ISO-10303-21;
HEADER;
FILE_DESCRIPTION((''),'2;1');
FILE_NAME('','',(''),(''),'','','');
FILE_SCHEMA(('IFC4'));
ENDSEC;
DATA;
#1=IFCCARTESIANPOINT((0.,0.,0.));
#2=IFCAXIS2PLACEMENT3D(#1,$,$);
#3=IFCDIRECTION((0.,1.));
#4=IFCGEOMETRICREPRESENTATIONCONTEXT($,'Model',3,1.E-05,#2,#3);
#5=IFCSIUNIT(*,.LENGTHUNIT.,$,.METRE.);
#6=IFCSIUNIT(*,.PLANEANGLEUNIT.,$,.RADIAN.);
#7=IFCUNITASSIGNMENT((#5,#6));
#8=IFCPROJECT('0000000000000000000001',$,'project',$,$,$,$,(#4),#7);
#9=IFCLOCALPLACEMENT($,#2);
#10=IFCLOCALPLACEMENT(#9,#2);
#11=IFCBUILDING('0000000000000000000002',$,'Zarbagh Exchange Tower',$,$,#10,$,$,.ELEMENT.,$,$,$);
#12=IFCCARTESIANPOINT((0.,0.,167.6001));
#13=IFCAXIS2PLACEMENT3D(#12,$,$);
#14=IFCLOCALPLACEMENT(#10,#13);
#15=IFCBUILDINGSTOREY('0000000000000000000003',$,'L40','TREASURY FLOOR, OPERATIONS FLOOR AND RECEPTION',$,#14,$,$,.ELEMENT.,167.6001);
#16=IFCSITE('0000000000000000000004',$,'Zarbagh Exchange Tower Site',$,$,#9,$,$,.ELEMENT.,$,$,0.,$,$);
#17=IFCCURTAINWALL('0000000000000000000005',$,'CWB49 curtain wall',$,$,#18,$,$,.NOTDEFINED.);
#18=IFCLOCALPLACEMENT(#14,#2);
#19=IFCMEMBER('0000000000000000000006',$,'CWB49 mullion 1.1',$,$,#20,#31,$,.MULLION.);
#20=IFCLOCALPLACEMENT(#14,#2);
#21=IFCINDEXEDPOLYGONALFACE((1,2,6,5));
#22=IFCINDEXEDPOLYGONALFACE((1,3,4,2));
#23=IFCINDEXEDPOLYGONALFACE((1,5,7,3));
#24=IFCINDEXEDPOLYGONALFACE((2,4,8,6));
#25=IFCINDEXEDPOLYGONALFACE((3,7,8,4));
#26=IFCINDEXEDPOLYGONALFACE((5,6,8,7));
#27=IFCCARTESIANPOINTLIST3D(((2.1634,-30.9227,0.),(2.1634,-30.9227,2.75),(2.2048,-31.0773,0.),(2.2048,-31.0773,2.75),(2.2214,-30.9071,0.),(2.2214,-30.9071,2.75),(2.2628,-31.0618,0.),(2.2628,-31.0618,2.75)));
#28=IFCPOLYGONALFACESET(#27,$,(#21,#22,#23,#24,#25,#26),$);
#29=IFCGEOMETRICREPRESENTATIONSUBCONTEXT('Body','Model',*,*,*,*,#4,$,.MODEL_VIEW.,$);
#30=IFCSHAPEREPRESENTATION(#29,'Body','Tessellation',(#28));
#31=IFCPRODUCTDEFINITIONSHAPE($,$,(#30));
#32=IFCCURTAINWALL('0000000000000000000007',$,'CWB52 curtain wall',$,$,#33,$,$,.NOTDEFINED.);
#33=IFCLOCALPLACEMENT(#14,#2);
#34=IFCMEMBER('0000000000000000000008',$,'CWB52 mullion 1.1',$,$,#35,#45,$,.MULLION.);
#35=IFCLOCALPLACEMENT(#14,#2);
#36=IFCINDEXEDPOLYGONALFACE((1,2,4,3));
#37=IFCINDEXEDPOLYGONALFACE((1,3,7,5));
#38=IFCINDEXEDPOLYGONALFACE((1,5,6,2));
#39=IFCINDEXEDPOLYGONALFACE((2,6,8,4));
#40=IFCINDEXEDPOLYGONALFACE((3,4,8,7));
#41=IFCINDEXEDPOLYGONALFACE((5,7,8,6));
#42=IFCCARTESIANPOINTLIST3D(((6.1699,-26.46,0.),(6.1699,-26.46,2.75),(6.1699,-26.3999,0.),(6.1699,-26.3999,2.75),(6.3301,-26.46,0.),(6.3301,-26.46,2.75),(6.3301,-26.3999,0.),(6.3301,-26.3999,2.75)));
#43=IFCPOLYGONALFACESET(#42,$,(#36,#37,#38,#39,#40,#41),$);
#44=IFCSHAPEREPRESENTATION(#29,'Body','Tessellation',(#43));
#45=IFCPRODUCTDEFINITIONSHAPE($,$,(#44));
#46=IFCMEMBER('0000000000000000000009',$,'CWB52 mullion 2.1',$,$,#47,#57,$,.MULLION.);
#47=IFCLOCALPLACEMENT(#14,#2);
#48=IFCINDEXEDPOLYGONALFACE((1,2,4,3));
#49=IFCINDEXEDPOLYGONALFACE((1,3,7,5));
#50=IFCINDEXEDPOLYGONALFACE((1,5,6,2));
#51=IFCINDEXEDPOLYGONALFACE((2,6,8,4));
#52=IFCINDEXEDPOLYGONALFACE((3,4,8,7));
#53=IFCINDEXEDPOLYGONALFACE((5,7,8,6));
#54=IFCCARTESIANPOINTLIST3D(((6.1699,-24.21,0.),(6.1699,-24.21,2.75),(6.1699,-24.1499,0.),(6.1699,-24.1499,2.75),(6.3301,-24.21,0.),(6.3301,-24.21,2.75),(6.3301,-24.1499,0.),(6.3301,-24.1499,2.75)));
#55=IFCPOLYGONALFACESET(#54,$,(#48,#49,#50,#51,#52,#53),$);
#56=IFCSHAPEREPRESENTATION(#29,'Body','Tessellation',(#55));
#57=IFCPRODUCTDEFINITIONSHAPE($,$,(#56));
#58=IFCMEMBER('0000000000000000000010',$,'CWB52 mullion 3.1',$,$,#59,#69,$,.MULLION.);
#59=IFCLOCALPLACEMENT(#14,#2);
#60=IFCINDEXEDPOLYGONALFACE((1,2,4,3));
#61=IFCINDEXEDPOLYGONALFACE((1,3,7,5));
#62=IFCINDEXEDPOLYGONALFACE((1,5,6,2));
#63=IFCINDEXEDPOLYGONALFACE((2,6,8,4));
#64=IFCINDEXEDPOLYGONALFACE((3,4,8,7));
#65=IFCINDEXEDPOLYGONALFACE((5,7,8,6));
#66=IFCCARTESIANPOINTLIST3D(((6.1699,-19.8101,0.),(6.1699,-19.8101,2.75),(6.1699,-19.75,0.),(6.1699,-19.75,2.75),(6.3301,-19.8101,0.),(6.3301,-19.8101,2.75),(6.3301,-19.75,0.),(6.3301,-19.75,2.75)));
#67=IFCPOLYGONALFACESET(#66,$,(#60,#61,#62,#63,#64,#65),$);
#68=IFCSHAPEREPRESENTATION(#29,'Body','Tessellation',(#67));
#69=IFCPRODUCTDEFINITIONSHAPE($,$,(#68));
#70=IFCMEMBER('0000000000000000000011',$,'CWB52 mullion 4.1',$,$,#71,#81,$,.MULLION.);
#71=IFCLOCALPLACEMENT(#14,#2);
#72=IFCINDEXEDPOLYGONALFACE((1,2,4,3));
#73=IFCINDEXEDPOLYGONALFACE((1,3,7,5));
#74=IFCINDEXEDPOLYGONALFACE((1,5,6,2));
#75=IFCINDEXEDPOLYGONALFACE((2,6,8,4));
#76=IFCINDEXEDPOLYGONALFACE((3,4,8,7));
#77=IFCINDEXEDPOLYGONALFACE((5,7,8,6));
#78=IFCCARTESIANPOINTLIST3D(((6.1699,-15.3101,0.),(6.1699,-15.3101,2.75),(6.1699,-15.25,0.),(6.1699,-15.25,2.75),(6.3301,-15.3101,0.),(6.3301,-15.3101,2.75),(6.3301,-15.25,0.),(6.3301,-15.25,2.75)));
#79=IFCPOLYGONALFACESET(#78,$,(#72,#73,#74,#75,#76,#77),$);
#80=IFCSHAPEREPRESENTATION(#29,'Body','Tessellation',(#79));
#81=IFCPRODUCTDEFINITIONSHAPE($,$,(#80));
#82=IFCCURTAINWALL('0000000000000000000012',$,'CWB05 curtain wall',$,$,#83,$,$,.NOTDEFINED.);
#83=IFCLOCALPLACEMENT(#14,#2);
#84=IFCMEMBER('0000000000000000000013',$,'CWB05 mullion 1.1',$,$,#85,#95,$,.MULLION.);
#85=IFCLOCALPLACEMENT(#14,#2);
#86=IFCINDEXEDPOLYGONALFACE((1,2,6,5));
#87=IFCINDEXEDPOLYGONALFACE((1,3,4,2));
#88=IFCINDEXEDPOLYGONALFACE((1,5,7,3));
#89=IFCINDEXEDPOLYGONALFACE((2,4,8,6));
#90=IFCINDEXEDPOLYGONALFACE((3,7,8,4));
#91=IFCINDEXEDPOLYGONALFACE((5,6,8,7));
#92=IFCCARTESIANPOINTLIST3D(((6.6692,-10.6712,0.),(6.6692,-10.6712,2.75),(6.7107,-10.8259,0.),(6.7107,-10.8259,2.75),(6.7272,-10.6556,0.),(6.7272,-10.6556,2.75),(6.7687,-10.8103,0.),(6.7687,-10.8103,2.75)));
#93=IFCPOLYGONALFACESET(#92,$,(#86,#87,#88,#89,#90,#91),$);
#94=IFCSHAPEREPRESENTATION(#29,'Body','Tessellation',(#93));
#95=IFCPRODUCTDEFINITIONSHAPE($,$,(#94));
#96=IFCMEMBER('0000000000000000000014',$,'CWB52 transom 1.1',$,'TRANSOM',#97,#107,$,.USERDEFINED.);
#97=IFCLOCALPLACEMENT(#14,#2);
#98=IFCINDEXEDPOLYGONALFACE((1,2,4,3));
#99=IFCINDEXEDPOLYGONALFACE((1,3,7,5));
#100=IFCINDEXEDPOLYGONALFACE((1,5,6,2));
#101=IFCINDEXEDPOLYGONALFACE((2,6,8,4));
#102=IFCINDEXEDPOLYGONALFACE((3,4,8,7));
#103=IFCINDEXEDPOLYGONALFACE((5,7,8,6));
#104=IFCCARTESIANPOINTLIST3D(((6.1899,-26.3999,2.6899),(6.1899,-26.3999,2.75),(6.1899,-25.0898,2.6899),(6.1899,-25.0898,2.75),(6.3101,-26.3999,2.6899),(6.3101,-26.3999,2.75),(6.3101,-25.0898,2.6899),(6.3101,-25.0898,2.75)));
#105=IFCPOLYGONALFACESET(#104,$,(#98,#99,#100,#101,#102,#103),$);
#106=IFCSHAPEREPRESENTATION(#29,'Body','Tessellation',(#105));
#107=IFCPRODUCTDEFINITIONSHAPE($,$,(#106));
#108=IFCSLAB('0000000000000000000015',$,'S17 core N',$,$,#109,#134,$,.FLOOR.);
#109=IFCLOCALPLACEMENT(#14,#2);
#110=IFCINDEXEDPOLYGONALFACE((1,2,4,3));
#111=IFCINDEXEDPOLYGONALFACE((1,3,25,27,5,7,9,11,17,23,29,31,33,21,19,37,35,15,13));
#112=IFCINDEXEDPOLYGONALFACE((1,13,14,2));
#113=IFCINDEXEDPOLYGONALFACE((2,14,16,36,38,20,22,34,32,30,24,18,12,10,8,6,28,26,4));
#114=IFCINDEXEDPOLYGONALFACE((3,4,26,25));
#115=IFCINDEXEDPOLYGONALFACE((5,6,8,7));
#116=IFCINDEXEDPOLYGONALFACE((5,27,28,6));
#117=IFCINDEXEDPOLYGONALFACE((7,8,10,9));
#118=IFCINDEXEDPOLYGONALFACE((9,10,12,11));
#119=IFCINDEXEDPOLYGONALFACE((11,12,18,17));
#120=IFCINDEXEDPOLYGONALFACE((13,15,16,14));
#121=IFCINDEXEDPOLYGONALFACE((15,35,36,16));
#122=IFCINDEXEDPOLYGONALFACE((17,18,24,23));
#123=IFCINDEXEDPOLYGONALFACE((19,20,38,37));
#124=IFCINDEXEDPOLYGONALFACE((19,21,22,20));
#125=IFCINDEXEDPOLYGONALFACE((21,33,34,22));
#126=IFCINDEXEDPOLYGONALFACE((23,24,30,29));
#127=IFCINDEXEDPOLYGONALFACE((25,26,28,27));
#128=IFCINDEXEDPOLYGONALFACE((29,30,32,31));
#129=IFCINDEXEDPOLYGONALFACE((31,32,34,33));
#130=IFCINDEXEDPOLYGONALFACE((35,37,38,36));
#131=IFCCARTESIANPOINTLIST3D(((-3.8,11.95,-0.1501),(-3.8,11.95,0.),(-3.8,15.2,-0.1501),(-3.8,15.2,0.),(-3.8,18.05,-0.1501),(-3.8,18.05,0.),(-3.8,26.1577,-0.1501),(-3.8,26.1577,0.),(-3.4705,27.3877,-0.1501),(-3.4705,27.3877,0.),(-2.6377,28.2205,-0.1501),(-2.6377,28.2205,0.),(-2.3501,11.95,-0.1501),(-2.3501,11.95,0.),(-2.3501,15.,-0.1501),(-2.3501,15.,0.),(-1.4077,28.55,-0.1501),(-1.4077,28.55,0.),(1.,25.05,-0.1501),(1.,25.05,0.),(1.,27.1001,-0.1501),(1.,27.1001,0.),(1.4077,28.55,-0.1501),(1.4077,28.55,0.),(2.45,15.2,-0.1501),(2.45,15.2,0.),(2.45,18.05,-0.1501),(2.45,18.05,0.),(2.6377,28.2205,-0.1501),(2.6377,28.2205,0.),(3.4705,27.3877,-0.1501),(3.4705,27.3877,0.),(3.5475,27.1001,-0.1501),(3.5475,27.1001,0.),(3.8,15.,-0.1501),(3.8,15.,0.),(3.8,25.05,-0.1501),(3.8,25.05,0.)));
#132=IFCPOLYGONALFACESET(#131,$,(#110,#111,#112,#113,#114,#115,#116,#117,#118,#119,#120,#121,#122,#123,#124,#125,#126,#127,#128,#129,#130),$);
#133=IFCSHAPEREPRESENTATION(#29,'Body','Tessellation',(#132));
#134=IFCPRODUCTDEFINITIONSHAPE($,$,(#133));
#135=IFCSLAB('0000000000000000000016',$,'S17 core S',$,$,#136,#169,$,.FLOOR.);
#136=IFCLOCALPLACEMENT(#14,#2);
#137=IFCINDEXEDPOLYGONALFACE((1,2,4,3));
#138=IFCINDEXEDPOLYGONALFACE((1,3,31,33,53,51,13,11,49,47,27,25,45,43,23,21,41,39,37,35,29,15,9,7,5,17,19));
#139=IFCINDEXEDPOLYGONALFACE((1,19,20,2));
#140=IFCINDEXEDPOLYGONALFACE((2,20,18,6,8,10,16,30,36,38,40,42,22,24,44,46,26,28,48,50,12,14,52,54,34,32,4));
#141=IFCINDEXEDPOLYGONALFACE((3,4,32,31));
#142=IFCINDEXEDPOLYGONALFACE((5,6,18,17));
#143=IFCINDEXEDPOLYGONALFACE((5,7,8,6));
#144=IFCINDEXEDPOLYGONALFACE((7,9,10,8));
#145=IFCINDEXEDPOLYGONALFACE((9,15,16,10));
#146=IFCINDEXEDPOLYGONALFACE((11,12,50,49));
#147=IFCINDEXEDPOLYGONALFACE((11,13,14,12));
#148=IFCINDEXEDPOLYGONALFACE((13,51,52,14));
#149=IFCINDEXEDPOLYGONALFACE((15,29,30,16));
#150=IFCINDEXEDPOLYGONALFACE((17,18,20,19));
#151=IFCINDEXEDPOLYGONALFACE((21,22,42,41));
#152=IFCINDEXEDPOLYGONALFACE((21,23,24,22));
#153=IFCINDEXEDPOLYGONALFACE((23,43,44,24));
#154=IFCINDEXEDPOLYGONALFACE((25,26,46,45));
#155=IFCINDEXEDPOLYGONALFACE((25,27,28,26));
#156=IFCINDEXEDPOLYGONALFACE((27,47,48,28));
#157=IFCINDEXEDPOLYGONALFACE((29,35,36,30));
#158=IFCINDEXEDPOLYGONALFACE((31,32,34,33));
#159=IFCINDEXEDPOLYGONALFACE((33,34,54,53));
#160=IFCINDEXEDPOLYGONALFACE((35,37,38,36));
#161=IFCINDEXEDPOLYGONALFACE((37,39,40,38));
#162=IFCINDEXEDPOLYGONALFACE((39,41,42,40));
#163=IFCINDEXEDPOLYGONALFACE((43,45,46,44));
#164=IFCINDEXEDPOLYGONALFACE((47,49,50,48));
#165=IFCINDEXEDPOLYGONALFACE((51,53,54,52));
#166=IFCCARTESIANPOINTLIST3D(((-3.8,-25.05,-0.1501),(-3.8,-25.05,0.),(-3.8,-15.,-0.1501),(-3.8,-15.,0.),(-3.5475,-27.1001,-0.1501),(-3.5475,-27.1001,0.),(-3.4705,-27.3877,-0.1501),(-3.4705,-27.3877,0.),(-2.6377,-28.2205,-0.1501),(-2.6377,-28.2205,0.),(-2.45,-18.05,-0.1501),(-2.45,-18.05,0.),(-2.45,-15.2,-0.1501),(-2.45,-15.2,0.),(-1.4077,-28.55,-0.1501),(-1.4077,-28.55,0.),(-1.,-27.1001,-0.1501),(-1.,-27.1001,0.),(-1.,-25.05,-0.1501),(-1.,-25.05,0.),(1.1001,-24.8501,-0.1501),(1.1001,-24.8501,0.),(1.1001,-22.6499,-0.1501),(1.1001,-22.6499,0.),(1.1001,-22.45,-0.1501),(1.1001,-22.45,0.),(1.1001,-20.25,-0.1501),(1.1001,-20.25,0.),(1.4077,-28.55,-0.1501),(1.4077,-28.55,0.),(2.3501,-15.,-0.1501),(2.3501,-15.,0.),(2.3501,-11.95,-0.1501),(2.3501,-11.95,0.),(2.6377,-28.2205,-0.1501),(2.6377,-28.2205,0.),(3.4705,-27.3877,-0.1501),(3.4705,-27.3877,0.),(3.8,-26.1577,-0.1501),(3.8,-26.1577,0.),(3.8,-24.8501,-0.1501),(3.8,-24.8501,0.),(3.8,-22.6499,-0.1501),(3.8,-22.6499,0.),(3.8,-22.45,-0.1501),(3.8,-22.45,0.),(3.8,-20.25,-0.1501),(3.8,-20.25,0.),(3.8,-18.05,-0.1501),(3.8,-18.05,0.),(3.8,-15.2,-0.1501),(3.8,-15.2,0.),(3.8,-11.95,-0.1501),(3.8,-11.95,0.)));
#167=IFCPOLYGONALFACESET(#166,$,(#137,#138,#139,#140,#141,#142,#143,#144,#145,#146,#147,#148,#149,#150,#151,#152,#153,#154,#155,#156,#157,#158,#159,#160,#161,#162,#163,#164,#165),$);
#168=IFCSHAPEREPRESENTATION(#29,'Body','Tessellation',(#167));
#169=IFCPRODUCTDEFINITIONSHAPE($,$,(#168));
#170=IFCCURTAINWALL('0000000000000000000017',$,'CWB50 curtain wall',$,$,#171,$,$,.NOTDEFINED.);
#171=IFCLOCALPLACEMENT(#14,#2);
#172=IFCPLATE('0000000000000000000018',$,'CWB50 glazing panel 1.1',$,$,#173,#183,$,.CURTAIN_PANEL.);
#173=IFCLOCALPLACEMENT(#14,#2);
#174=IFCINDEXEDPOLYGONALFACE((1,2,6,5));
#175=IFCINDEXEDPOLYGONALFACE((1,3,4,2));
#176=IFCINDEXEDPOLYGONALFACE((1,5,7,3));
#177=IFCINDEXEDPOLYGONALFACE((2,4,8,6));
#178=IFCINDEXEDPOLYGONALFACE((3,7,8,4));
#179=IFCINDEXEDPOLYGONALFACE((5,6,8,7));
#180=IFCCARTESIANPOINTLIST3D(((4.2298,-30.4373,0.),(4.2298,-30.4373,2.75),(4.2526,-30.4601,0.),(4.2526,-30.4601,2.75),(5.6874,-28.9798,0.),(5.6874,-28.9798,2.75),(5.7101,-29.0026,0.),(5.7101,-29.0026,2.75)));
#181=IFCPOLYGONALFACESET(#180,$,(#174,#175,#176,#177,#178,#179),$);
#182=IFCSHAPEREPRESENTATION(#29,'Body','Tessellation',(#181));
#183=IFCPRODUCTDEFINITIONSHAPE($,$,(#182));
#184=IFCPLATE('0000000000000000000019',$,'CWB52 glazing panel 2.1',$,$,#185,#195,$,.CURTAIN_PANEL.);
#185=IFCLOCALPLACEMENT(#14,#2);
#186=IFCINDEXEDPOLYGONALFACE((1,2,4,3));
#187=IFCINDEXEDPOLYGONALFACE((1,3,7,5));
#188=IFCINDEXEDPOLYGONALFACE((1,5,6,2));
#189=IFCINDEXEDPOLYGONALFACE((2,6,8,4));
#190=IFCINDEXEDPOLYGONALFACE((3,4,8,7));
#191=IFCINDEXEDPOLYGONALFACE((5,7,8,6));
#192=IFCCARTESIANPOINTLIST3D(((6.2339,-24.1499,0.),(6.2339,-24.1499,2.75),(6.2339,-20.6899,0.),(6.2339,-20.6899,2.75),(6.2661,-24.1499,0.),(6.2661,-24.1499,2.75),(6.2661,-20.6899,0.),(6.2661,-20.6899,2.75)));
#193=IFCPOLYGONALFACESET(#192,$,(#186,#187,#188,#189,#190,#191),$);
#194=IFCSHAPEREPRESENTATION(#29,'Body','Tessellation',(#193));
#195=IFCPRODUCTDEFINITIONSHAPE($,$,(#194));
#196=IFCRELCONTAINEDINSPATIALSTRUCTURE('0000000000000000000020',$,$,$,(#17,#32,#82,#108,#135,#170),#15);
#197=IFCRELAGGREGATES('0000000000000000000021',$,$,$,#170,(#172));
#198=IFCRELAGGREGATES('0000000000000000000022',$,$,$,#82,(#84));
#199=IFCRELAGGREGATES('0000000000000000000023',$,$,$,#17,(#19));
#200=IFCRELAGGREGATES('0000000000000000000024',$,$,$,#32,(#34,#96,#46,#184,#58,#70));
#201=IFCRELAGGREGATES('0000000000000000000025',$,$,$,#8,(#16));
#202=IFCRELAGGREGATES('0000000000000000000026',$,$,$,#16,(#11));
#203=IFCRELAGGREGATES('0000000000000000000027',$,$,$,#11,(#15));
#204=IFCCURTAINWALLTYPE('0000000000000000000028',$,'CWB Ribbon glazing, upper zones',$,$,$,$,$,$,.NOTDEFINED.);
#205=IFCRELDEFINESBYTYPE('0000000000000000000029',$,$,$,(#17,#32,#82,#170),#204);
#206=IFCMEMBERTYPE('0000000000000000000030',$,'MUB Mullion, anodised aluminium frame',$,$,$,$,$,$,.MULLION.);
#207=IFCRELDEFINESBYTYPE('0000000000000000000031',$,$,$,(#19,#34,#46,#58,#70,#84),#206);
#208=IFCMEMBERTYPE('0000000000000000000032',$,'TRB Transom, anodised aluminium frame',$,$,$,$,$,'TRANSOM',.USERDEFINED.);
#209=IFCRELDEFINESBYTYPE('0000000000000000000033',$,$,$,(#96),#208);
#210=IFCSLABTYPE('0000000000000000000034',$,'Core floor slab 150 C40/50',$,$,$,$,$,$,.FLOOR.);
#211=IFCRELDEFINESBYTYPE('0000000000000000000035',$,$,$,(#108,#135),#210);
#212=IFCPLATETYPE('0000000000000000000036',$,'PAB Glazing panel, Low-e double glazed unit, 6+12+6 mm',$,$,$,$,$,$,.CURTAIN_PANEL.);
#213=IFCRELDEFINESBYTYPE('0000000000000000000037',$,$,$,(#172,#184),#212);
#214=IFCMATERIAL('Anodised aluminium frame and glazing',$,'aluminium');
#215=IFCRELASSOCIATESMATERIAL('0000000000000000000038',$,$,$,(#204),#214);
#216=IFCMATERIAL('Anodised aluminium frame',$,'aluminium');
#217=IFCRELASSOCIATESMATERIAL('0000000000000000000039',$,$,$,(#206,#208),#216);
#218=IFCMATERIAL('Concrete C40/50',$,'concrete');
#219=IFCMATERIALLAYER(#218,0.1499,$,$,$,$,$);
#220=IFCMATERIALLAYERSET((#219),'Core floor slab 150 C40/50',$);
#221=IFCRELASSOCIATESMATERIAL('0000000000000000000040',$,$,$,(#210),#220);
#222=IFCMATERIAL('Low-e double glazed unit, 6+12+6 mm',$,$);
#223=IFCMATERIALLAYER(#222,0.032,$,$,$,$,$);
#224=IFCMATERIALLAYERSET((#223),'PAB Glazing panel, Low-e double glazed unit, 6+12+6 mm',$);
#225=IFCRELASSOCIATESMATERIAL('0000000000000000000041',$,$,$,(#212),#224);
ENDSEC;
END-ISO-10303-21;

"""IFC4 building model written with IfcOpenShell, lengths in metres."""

from ifc_helpers import new_model, si_unit, direction, frame, origin, place, context, subcontext, project, spatial, polyline, outline, extrude, source, transform, mapped, material, layer, layer_set, type_object, element, aggregate, save


model = new_model("IFC4")

# Units and contexts
model_context = context("Model", 3, precision=1e-05, world=origin(), true_north=direction((0.0, 1.0)))
body_context = subcontext(model_context, "Body", "Model", "MODEL_VIEW")
ifc_project = project(units=[si_unit("LENGTHUNIT", "METRE"), si_unit("PLANEANGLEUNIT", "RADIAN")], contexts=[model_context])

# Site, building, storey
site_placement = place(None, origin())
site = spatial("IfcSite", under=ifc_project, at=site_placement, Name="Zarbagh Exchange Tower Site", CompositionType="ELEMENT", RefElevation=0.0)
building_placement = place(site_placement, origin())
building = spatial("IfcBuilding", under=site, at=building_placement, Name="Zarbagh Exchange Tower", CompositionType="ELEMENT")
storey_placement = place(building_placement, frame((0.0, 0.0, 167.6001)))
storey = spatial("IfcBuildingStorey", under=building, at=storey_placement, Name="L40", Description="TREASURY FLOOR, OPERATIONS FLOOR AND RECEPTION", CompositionType="ELEMENT", Elevation=167.6001)

# Curtain wall, member
ifc_material_1 = material(Name="Anodised aluminium frame and glazing", Category="aluminium")
curtain_wall_type = type_object("IfcCurtainWallType", Name="CWB Ribbon glazing, upper zones", PredefinedType="NOTDEFINED", material=ifc_material_1)
curtain_wall_1_placement = place(storey_placement, origin())
curtain_wall_1 = element("IfcCurtainWall", 1, at=curtain_wall_1_placement, inside=storey, type_object=curtain_wall_type, Name="CWB49 curtain wall", PredefinedType="NOTDEFINED")
ifc_material_2 = material(Name="Anodised aluminium frame", Category="aluminium")
member_type_1 = type_object("IfcMemberType", Name="MUB Mullion, anodised aluminium frame", PredefinedType="MULLION", material=ifc_material_2)
shared_shape_1 = source(origin(), body_context, "Body", "SweptSolid", [
    extrude(outline(polyline([(0.0, -0.0801), (0.0601, -0.0801), (0.0601, 0.0801), (0.0, 0.0801), (0.0, -0.0801)])), origin(), (0.0, 0.0, 1.0), 2.75),
])
placement = place(storey_placement, origin())
member_1 = element("IfcMember", 2, at=placement, type_object=member_type_1, Name="CWB49 mullion 1.1", PredefinedType="MULLION", context=body_context, shape_type="MappedRepresentation", body=[
    mapped(shared_shape_1, transform((2.1841, -31.0, 0.0), x_axis=(0.965924, 0.258825, 0.0), y_axis=(-0.258825, 0.965924, 0.0), z_axis=(0.0, 0.0, 1.0))),
])

# Curtain wall, members
curtain_wall_2_placement = place(storey_placement, origin())
curtain_wall_2 = element("IfcCurtainWall", 3, at=curtain_wall_2_placement, inside=storey, type_object=curtain_wall_type, Name="CWB52 curtain wall", PredefinedType="NOTDEFINED")
member_2 = element("IfcMember", 4, at=placement, type_object=member_type_1, Name="CWB52 mullion 1.1", PredefinedType="MULLION", context=body_context, shape_type="MappedRepresentation", body=[
    mapped(shared_shape_1, transform((6.25, -26.46, 0.0), x_axis=(0.0, 1.0, 0.0), y_axis=(-1.0, 0.0, 0.0), z_axis=(0.0, 0.0, 1.0))),
])
member_3 = element("IfcMember", 5, at=placement, type_object=member_type_1, Name="CWB52 mullion 2.1", PredefinedType="MULLION", context=body_context, shape_type="MappedRepresentation", body=[
    mapped(shared_shape_1, transform((6.25, -24.21, 0.0), x_axis=(0.0, 1.0, 0.0), y_axis=(-1.0, 0.0, 0.0), z_axis=(0.0, 0.0, 1.0))),
])
member_4 = element("IfcMember", 6, at=placement, type_object=member_type_1, Name="CWB52 mullion 3.1", PredefinedType="MULLION", context=body_context, shape_type="MappedRepresentation", body=[
    mapped(shared_shape_1, transform((6.25, -19.8101, 0.0), x_axis=(0.0, 1.0, 0.0), y_axis=(-1.0, 0.0, 0.0), z_axis=(0.0, 0.0, 1.0))),
])
member_5 = element("IfcMember", 7, at=placement, type_object=member_type_1, Name="CWB52 mullion 4.1", PredefinedType="MULLION", context=body_context, shape_type="MappedRepresentation", body=[
    mapped(shared_shape_1, transform((6.25, -15.3101, 0.0), x_axis=(0.0, 1.0, 0.0), y_axis=(-1.0, 0.0, 0.0), z_axis=(0.0, 0.0, 1.0))),
])

# Curtain wall, member
curtain_wall_3_placement = place(storey_placement, origin())
curtain_wall_3 = element("IfcCurtainWall", 8, at=curtain_wall_3_placement, inside=storey, type_object=curtain_wall_type, Name="CWB05 curtain wall", PredefinedType="NOTDEFINED")
member_6 = element("IfcMember", 9, at=placement, type_object=member_type_1, Name="CWB05 mullion 1.1", PredefinedType="MULLION", context=body_context, shape_type="MappedRepresentation", body=[
    mapped(shared_shape_1, transform((6.6899, -10.7485, 0.0), x_axis=(0.965924, 0.258825, 0.0), y_axis=(-0.258825, 0.965924, 0.0), z_axis=(0.0, 0.0, 1.0))),
])

# Member
member_type_2 = type_object("IfcMemberType", Name="TRB Transom, anodised aluminium frame", ElementType="TRANSOM", PredefinedType="USERDEFINED", material=ifc_material_2)
shared_shape_2 = source(origin(), body_context, "Body", "SweptSolid", [
    extrude(outline(polyline([(-0.0601, -0.0601), (0.0, -0.0601), (0.0, 0.0601), (-0.0601, 0.0601), (-0.0601, -0.0601)])), origin(), (0.0, 0.0, 1.0), 1.3101),
])
member_7 = element("IfcMember", 10, at=placement, type_object=member_type_2, Name="CWB52 transom 1.1", ObjectType="TRANSOM", PredefinedType="USERDEFINED", context=body_context, shape_type="MappedRepresentation", body=[
    mapped(shared_shape_2, transform((6.25, -26.3999, 2.75), x_axis=(0.0, 0.0, 1.0), y_axis=(1.0, 0.0, 0.0), z_axis=(0.0, 1.0, 0.0))),
])

# Slabs
ifc_material_3 = material(Name="Concrete C40/50", Category="concrete")
ifc_layer_1 = layer(ifc_material_3, 0.1499)
ifc_layer_set_1 = layer_set([ifc_layer_1], Name="Core floor slab 150 C40/50")
slab_type = type_object("IfcSlabType", Name="Core floor slab 150 C40/50", PredefinedType="FLOOR", material=ifc_layer_set_1)
slab_1_placement = place(storey_placement, frame((0.0, 0.0, -0.1501)))
element("IfcSlab", 11, at=slab_1_placement, inside=storey, type_object=slab_type, Name="S17 core N", PredefinedType="FLOOR", context=body_context, shape_type="SweptSolid", body=[
    extrude(outline(polyline([(-3.8, 11.95), (-3.8, 15.2), (2.45, 15.2), (2.45, 18.05), (-3.8, 18.05), (-3.8, 26.1577), (-3.4705, 27.3877), (-2.6377, 28.2205), (-1.4077, 28.55), (1.4077, 28.55), (2.6377, 28.2205), (3.4705, 27.3877), (3.8, 26.1577), (3.8, 26.1577), (3.5476, 27.1001), (1.0, 27.1001), (1.0, 25.05), (3.8, 25.05), (3.8, 15.0), (-2.3501, 15.0), (-2.3501, 11.95), (-3.8, 11.95)])), origin(), (0.0, 0.0, 1.0), 0.1501),
])
slab_2_placement = place(storey_placement, frame((0.0, 0.0, -0.1501)))
element("IfcSlab", 12, at=slab_2_placement, inside=storey, type_object=slab_type, Name="S17 core S", PredefinedType="FLOOR", context=body_context, shape_type="SweptSolid", body=[
    extrude(outline(polyline([(-2.6377, -28.2205), (-3.4705, -27.3877), (-3.8, -26.1577), (-3.8, -26.1577), (-3.5476, -27.1001), (-1.0, -27.1001), (-1.0, -25.05), (-3.8, -25.05), (-3.8, -15.0), (2.3501, -15.0), (2.3501, -11.95), (3.8, -11.95), (3.8, -15.2), (-2.45, -15.2), (-2.45, -18.05), (3.8, -18.05), (3.8, -20.25), (1.1001, -20.25), (1.1001, -22.45), (3.8, -22.45), (3.8, -22.6499), (1.1001, -22.6499), (1.1001, -24.8501), (3.8, -24.8501), (3.8, -26.1577), (3.4705, -27.3877), (2.6377, -28.2205), (1.4077, -28.55), (-1.4077, -28.55), (-2.6377, -28.2205)])), origin(), (0.0, 0.0, 1.0), 0.1501),
])

# Curtain wall, plate
curtain_wall_4_placement = place(storey_placement, origin())
curtain_wall_4 = element("IfcCurtainWall", 13, at=curtain_wall_4_placement, inside=storey, type_object=curtain_wall_type, Name="CWB50 curtain wall", PredefinedType="NOTDEFINED")
ifc_material_4 = material(Name="Low-e double glazed unit, 6+12+6 mm")
ifc_layer_2 = layer(ifc_material_4, 0.032)
ifc_layer_set_2 = layer_set([ifc_layer_2], Name="PAB Glazing panel, Low-e double glazed unit, 6+12+6 mm")
plate_type = type_object("IfcPlateType", Name="PAB Glazing panel, Low-e double glazed unit, 6+12+6 mm", PredefinedType="CURTAIN_PANEL", material=ifc_layer_set_2)
shared_shape_3 = source(origin(), body_context, "Body", "SweptSolid", [
    extrude(outline(polyline([(0.0, -0.0161), (2.0613, -0.0161), (2.0613, 0.0161), (0.0, 0.0161), (0.0, -0.0161)])), origin(), (0.0, 0.0, 1.0), 2.75),
])
plate_1 = element("IfcPlate", 14, at=placement, type_object=plate_type, Name="CWB50 glazing panel 1.1", PredefinedType="CURTAIN_PANEL", context=body_context, shape_type="MappedRepresentation", body=[
    mapped(shared_shape_3, transform((4.2412, -30.4487, 0.0), x_axis=(0.707107, 0.707107, 0.0), y_axis=(-0.707107, 0.707107, 0.0), z_axis=(0.0, 0.0, 1.0))),
])
aggregate(curtain_wall_4, [plate_1])

# Plate
shared_shape_4 = source(origin(), body_context, "Body", "SweptSolid", [
    extrude(outline(polyline([(0.0, -0.0161), (3.46, -0.0161), (3.46, 0.0161), (0.0, 0.0161), (0.0, -0.0161)])), origin(), (0.0, 0.0, 1.0), 2.75),
])
plate_2 = element("IfcPlate", 15, at=placement, type_object=plate_type, Name="CWB52 glazing panel 2.1", PredefinedType="CURTAIN_PANEL", context=body_context, shape_type="MappedRepresentation", body=[
    mapped(shared_shape_4, transform((6.25, -24.1499, 0.0), x_axis=(0.0, 1.0, 0.0), y_axis=(-1.0, 0.0, 0.0), z_axis=(0.0, 0.0, 1.0))),
])
aggregate(curtain_wall_3, [member_6])
aggregate(curtain_wall_1, [member_1])

aggregate(curtain_wall_2, [member_2, member_7, member_3, plate_2, member_4, member_5])

save(model, "model.ifc")
